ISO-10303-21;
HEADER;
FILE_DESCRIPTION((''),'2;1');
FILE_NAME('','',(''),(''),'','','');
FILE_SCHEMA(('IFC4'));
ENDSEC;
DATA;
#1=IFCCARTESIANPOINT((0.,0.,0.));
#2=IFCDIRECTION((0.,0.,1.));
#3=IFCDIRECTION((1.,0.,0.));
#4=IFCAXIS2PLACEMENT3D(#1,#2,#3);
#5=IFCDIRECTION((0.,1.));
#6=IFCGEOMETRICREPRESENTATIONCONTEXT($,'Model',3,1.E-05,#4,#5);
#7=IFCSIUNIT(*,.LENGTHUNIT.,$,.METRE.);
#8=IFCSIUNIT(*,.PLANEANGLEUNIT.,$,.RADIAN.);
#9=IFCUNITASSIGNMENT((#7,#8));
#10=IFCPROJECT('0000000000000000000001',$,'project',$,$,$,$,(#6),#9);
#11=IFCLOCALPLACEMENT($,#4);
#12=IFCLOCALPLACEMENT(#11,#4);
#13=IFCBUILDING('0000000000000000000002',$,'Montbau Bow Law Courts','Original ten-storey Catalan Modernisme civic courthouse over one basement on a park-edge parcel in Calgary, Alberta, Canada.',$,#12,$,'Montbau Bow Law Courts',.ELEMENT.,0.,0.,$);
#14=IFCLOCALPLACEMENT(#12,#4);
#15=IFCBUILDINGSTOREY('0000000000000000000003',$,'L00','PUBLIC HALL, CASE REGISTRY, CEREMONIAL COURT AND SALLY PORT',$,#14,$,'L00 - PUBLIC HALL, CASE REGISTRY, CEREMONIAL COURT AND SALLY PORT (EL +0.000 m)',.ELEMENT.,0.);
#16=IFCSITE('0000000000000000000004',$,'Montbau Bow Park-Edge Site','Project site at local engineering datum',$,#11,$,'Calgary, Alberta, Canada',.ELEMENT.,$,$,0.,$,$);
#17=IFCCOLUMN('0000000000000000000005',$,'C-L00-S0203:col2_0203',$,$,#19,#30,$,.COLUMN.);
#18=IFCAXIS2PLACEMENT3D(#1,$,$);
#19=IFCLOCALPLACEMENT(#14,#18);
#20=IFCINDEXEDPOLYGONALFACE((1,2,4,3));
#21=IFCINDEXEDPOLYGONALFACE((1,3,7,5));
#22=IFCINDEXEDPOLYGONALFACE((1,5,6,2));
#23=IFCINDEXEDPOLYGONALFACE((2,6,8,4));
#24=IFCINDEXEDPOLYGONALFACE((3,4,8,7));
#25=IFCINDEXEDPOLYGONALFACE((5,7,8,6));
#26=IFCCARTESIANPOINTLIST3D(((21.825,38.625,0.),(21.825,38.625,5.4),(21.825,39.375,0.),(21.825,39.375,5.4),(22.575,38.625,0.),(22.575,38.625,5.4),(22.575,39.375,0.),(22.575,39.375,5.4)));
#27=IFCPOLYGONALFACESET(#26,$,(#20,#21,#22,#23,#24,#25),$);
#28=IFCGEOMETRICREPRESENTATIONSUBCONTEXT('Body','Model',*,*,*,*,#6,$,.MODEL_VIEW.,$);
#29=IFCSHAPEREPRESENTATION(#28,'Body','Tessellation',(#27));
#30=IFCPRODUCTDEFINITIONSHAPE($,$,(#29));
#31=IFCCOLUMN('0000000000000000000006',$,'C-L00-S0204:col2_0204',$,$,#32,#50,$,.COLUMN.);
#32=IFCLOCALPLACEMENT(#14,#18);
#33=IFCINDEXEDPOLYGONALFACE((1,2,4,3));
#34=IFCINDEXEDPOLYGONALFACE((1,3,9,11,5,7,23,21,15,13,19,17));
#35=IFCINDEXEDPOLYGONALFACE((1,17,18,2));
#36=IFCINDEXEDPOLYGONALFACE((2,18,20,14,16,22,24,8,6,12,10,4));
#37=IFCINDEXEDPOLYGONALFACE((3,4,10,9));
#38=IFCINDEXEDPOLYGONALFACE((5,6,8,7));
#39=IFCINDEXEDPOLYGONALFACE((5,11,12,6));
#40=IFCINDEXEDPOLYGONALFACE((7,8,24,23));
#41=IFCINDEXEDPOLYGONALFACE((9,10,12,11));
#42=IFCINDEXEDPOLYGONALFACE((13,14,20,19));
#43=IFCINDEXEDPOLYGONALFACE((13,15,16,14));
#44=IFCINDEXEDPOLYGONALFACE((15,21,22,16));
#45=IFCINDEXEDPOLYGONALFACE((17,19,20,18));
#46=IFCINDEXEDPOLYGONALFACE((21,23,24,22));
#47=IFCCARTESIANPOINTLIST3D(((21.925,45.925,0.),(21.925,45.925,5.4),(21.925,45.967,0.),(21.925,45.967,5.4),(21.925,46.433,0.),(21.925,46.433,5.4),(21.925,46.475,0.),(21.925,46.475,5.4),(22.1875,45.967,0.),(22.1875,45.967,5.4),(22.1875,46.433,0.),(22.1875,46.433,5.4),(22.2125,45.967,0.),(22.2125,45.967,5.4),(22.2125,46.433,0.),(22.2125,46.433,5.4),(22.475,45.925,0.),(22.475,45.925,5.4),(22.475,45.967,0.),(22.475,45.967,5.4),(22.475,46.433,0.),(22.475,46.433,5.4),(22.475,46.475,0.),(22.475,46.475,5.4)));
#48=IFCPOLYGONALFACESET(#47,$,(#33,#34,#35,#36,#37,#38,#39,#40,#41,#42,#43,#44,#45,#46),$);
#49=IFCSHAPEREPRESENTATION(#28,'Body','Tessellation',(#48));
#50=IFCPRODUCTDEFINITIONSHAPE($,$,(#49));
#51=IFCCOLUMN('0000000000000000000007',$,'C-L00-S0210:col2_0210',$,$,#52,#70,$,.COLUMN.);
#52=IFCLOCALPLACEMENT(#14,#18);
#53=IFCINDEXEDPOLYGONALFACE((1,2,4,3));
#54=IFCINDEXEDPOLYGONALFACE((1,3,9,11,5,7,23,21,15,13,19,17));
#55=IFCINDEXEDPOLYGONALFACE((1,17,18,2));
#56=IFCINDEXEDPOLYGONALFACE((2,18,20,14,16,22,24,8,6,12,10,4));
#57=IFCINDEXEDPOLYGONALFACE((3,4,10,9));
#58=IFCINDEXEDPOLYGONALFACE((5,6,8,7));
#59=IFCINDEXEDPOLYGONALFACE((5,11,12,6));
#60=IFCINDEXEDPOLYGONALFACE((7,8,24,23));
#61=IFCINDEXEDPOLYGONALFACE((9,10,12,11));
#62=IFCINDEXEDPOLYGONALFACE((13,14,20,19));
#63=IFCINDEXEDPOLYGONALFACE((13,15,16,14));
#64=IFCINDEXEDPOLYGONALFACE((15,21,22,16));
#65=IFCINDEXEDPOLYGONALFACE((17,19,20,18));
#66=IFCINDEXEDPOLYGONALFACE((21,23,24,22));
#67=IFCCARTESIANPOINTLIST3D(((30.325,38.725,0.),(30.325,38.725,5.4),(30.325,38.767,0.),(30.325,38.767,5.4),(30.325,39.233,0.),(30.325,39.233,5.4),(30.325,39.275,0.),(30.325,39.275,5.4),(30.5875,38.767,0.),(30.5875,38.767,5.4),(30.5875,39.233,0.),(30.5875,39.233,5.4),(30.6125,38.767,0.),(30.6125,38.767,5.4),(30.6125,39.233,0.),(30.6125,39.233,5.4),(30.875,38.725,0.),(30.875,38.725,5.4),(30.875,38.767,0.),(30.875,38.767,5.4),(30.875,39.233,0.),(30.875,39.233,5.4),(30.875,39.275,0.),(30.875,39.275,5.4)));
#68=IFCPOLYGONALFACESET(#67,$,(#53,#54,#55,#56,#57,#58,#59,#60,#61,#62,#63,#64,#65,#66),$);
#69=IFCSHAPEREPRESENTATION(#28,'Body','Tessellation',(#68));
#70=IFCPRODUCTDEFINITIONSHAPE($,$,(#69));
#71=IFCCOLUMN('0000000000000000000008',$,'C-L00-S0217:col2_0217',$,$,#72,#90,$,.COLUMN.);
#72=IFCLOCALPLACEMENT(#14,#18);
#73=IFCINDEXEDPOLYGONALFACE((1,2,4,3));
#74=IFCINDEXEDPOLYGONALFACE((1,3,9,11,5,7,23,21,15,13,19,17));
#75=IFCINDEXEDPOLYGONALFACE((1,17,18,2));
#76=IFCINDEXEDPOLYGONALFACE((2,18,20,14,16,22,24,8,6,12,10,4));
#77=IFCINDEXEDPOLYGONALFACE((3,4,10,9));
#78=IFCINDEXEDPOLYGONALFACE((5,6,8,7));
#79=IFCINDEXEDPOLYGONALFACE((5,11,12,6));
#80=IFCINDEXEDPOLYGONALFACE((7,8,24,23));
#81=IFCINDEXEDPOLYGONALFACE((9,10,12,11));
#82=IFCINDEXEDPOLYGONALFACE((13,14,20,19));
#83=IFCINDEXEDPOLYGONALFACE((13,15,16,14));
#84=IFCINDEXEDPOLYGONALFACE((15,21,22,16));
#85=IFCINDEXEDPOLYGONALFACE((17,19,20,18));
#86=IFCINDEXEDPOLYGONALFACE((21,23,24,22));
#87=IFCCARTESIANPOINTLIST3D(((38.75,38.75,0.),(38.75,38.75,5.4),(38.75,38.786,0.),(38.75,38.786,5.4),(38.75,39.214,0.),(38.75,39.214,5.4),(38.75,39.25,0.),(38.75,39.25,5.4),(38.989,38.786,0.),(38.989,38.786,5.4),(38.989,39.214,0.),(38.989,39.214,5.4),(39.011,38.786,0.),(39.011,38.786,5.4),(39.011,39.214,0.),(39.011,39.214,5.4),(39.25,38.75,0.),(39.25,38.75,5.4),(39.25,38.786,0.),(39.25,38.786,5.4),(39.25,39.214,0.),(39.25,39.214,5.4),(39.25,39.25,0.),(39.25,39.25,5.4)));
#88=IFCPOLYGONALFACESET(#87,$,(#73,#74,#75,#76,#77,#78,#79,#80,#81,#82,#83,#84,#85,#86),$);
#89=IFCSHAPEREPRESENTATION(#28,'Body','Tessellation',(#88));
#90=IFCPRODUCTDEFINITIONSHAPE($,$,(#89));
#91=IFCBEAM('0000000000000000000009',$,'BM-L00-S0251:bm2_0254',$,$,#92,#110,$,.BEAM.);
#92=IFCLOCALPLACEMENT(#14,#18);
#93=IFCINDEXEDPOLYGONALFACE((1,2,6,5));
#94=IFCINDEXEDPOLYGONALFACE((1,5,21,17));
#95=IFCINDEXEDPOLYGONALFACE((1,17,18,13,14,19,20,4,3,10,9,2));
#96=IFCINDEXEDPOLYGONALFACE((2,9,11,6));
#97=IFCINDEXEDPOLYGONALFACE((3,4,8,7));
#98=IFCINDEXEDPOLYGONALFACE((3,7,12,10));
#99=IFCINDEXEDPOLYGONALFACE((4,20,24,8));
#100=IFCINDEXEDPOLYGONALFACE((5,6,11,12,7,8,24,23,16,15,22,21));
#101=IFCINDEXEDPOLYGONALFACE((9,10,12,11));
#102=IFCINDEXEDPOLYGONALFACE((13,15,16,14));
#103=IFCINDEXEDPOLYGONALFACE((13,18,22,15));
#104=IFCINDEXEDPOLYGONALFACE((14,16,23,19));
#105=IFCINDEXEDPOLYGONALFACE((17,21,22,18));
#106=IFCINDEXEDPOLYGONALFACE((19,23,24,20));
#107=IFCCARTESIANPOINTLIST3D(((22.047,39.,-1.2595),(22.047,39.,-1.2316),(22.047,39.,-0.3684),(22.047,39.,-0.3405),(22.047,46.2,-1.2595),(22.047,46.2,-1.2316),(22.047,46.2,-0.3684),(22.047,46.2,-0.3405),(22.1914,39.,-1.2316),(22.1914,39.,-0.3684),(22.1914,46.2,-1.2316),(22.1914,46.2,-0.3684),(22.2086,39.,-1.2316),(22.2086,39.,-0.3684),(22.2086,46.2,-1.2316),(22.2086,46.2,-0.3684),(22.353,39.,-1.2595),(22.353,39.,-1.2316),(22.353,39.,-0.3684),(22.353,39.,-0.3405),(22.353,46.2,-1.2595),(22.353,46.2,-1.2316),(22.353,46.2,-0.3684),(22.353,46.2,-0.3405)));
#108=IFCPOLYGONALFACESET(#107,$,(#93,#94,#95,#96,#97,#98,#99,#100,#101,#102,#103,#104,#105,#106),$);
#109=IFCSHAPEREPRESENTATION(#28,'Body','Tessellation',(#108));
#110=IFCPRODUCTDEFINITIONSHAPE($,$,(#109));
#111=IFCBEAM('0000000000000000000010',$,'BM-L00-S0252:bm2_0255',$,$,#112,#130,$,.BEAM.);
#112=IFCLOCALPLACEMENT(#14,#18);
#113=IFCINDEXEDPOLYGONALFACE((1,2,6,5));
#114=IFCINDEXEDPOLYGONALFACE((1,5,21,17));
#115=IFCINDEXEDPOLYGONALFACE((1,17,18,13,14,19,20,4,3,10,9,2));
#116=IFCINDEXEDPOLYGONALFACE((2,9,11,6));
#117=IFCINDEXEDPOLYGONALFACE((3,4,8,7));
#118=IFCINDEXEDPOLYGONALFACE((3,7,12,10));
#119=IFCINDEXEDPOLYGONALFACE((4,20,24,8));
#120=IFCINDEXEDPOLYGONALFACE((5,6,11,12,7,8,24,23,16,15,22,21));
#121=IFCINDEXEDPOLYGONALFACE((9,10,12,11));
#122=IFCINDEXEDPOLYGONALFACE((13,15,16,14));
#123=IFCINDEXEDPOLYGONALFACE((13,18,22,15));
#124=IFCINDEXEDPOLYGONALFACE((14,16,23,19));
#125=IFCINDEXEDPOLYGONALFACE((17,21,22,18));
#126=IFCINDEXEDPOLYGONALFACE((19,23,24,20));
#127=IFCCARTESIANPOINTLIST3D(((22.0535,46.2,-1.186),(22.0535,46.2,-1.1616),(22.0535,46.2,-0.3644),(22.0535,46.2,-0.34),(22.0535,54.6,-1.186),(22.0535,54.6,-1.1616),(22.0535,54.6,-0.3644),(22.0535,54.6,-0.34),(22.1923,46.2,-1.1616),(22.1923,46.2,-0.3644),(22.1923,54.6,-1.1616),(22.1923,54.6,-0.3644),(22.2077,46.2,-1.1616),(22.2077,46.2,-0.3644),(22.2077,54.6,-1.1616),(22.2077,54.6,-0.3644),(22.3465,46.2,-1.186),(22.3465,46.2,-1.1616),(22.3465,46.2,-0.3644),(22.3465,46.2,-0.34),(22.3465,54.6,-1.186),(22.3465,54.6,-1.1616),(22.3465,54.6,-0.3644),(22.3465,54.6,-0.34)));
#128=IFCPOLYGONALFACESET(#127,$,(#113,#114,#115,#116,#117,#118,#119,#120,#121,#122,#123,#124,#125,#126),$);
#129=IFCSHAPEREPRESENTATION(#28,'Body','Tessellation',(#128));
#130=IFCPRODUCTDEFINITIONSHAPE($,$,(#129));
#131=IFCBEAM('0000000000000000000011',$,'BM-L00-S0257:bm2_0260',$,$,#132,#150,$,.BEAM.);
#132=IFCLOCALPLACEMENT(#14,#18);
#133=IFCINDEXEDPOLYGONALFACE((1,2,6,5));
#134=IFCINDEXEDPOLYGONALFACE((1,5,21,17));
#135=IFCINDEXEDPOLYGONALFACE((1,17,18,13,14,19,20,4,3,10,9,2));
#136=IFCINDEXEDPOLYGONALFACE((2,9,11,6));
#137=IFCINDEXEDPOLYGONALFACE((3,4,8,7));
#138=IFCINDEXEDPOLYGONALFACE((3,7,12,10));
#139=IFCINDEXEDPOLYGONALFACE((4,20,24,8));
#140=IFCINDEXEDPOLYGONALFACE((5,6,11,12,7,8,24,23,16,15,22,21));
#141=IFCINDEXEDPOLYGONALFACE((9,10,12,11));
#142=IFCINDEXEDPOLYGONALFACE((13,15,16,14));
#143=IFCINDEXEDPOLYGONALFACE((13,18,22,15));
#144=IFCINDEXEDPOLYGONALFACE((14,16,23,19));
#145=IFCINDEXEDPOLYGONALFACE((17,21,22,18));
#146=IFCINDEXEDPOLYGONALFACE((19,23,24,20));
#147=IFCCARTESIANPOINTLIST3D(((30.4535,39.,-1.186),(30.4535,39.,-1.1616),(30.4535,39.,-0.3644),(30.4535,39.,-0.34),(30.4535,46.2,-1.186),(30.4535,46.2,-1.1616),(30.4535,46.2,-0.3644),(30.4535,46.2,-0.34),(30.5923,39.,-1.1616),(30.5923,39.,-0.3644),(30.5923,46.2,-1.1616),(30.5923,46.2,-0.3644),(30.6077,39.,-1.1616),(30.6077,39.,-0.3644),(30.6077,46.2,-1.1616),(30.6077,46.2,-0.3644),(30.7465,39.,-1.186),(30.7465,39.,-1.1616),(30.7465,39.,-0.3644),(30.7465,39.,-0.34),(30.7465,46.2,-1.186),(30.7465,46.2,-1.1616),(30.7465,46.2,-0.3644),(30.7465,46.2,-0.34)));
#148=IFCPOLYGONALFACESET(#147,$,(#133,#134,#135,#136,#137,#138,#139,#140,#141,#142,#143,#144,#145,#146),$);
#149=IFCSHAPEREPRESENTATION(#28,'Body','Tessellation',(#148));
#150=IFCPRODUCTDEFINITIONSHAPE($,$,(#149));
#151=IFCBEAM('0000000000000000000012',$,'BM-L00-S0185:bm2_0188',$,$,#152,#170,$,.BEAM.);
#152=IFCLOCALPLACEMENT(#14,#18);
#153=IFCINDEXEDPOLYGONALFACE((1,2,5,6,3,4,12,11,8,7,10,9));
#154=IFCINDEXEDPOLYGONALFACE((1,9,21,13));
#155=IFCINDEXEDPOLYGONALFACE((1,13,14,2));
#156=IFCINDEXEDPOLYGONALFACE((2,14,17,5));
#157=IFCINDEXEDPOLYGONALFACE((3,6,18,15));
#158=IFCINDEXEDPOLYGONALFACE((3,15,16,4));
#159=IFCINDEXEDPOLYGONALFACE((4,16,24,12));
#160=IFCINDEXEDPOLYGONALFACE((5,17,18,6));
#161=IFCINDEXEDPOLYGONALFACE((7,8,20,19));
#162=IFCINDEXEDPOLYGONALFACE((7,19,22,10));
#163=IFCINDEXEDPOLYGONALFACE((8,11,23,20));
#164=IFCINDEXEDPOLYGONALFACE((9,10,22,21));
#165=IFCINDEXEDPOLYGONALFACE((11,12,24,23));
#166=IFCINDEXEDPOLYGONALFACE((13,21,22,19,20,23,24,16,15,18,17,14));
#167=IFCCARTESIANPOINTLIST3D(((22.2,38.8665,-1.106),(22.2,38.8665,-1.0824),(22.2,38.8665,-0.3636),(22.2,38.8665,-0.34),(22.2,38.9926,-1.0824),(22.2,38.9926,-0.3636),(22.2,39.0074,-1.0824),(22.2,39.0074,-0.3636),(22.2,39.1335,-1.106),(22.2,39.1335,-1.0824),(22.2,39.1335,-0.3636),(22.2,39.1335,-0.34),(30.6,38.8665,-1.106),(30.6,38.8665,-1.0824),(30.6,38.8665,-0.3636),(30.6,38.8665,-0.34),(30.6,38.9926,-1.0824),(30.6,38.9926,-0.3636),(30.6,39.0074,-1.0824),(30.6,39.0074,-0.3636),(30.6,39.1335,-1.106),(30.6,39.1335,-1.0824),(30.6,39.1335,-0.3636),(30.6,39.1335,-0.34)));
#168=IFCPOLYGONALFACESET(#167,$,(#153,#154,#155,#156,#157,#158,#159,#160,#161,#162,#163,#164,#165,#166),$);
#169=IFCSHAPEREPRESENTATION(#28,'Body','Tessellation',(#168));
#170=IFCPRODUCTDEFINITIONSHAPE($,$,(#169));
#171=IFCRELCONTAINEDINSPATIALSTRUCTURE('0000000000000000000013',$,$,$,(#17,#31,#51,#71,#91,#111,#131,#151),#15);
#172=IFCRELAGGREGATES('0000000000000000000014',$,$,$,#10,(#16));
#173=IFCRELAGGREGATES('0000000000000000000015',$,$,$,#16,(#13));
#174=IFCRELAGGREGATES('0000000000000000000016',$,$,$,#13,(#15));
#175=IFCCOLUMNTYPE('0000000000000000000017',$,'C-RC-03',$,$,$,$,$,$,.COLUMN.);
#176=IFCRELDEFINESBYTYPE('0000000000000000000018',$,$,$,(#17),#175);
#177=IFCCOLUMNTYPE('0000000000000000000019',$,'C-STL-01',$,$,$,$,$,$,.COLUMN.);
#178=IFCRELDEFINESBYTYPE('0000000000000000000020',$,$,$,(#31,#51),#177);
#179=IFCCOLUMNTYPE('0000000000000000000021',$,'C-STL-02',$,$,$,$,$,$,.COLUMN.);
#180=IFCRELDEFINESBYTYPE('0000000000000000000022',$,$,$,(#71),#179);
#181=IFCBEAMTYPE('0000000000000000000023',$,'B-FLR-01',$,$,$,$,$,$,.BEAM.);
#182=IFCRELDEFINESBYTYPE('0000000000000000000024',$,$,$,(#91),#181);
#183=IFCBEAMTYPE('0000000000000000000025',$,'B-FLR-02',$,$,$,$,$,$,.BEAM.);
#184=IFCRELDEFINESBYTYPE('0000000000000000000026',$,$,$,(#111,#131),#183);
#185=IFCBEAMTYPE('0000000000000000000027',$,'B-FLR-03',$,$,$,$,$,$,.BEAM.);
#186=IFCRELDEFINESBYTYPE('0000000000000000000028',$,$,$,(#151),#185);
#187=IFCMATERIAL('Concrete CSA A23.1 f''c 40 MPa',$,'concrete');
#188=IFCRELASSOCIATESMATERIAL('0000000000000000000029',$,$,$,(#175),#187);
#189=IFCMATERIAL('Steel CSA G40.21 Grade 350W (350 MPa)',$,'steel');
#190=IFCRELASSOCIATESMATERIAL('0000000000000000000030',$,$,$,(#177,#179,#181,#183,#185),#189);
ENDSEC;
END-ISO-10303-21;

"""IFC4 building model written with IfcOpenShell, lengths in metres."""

from ifc_helpers import new_model, si_unit, direction, frame, origin_with_axes, origin_2d_with_axis, place, context, subcontext, project, spatial, rectangle, i_section, extrude, material, material_profile, profile_set, type_object, element, save


model = new_model("IFC4")

# Units and contexts
model_context = context("Model", 3, precision=1e-05, world=origin_with_axes(), true_north=direction((0.0, 1.0)))
body_context = subcontext(model_context, "Body", "Model", "MODEL_VIEW")
ifc_project = project(units=[si_unit("LENGTHUNIT", "METRE"), si_unit("PLANEANGLEUNIT", "RADIAN")], contexts=[model_context])

# Site, building, storey
site_placement = place(None, origin_with_axes())
site = spatial("IfcSite", under=ifc_project, at=site_placement, Name="Montbau Bow Park-Edge Site", Description="Project site at local engineering datum", LongName="Calgary, Alberta, Canada", CompositionType="ELEMENT", RefElevation=0.0)
building_placement = place(site_placement, origin_with_axes())
building = spatial("IfcBuilding", under=site, at=building_placement, Name="Montbau Bow Law Courts", Description="Original ten-storey Catalan Modernisme civic courthouse over one basement on a park-edge parcel in Calgary, Alberta, Canada.", LongName="Montbau Bow Law Courts", CompositionType="ELEMENT", ElevationOfRefHeight=0.0, ElevationOfTerrain=0.0)
storey_placement = place(building_placement, origin_with_axes())
storey = spatial("IfcBuildingStorey", under=building, at=storey_placement, Name="L00", Description="PUBLIC HALL, CASE REGISTRY, CEREMONIAL COURT AND SALLY PORT", LongName="L00 - PUBLIC HALL, CASE REGISTRY, CEREMONIAL COURT AND SALLY PORT (EL +0.000 m)", CompositionType="ELEMENT", Elevation=0.0)

# Columns
ifc_material_1 = material(Name="Concrete CSA A23.1 f'c 40 MPa", Category="concrete")
ifc_material_profile_1 = material_profile(ifc_material_1, rectangle(XDim=0.75, YDim=0.75, at=origin_2d_with_axis()), Name="RC750X750", Category="Main", Priority=0)
ifc_profile_set_1 = profile_set([ifc_material_profile_1], Name="Concrete CSA A23.1 f'c 40 MPa")
column_type_1 = type_object("IfcColumnType", Name="C-RC-03", PredefinedType="COLUMN", material=ifc_profile_set_1)
column_1_placement = place(None, frame((22.2, 39.0, 0.0), z_axis=(0.0, 0.0, 1.0), x_axis=(1.0, 0.0, 0.0)))
element("IfcColumn", 1, at=column_1_placement, inside=storey, type_object=column_type_1, Name="C-L00-S0203:col2_0203", PredefinedType="COLUMN", context=body_context, shape_type="SweptSolid", body=[
    extrude(rectangle(XDim=0.75, YDim=0.75, at=origin_2d_with_axis()), origin_with_axes(), (0.0, 0.0, 1.0), 5.4),
])
ifc_material_2 = material(Name="Steel CSA G40.21 Grade 350W (350 MPa)", Category="steel")
ifc_material_profile_2 = material_profile(ifc_material_2, i_section(OverallWidth=0.55, OverallDepth=0.55, WebThickness=0.025, FlangeThickness=0.042, at=origin_2d_with_axis()), Name="WWF550X420", Category="Main", Priority=0)
ifc_profile_set_2 = profile_set([ifc_material_profile_2], Name="Steel CSA G40.21 Grade 350W (350 MPa)")
column_type_2 = type_object("IfcColumnType", Name="C-STL-01", PredefinedType="COLUMN", material=ifc_profile_set_2)
for number, where, z_axis, x_axis, name in (
    (2, (22.2, 46.2, 0.0), (0.0, 0.0, 1.0), (1.0, 0.0, 0.0), "C-L00-S0204:col2_0204"),
    (3, (30.6, 39.0, 0.0), (0.0, 0.0, 1.0), (1.0, 0.0, 0.0), "C-L00-S0210:col2_0210"),
):
    element("IfcColumn", number, at=place(None, frame(where, z_axis=z_axis, x_axis=x_axis)), inside=storey, type_object=column_type_2, Name=name, PredefinedType="COLUMN", context=body_context, shape_type="SweptSolid", body=[
        extrude(i_section(OverallWidth=0.55, OverallDepth=0.55, WebThickness=0.025, FlangeThickness=0.042, at=origin_2d_with_axis()), origin_with_axes(), (0.0, 0.0, 1.0), 5.4),
    ])
ifc_material_profile_3 = material_profile(ifc_material_2, i_section(OverallWidth=0.5, OverallDepth=0.5, WebThickness=0.022, FlangeThickness=0.036, at=origin_2d_with_axis()), Name="WWF500X343", Category="Main", Priority=0)
ifc_profile_set_3 = profile_set([ifc_material_profile_3], Name="Steel CSA G40.21 Grade 350W (350 MPa)")
column_type_3 = type_object("IfcColumnType", Name="C-STL-02", PredefinedType="COLUMN", material=ifc_profile_set_3)
column_2_placement = place(None, frame((39.0, 39.0, 0.0), z_axis=(0.0, 0.0, 1.0), x_axis=(1.0, 0.0, 0.0)))
element("IfcColumn", 4, at=column_2_placement, inside=storey, type_object=column_type_3, Name="C-L00-S0217:col2_0217", PredefinedType="COLUMN", context=body_context, shape_type="SweptSolid", body=[
    extrude(i_section(OverallWidth=0.5, OverallDepth=0.5, WebThickness=0.022, FlangeThickness=0.036, at=origin_2d_with_axis()), origin_with_axes(), (0.0, 0.0, 1.0), 5.4),
])

# Beams
ifc_material_profile_4 = material_profile(ifc_material_2, i_section(OverallWidth=0.306, OverallDepth=0.919, WebThickness=0.0173, FlangeThickness=0.0279, at=origin_2d_with_axis()), Name="W920X253", Category="Main", Priority=0)
ifc_profile_set_4 = profile_set([ifc_material_profile_4], Name="Steel CSA G40.21 Grade 350W (350 MPa)")
beam_type_1 = type_object("IfcBeamType", Name="B-FLR-01", PredefinedType="BEAM", material=ifc_profile_set_4)
beam_1_placement = place(None, frame((22.2, 39.0, -0.8), z_axis=(0.0, 1.0, 0.0), x_axis=(-1.0, 0.0, 0.0)))
element("IfcBeam", 5, at=beam_1_placement, inside=storey, type_object=beam_type_1, Name="BM-L00-S0251:bm2_0254", PredefinedType="BEAM", context=body_context, shape_type="SweptSolid", body=[
    extrude(i_section(OverallWidth=0.306, OverallDepth=0.919, WebThickness=0.0173, FlangeThickness=0.0279, at=origin_2d_with_axis()), origin_with_axes(), (0.0, 0.0, 1.0), 7.2),
])
ifc_material_profile_5 = material_profile(ifc_material_2, i_section(OverallWidth=0.293, OverallDepth=0.846, WebThickness=0.0154, FlangeThickness=0.0244, at=origin_2d_with_axis()), Name="W840X210", Category="Main", Priority=0)
ifc_profile_set_5 = profile_set([ifc_material_profile_5], Name="Steel CSA G40.21 Grade 350W (350 MPa)")
beam_type_2 = type_object("IfcBeamType", Name="B-FLR-02", PredefinedType="BEAM", material=ifc_profile_set_5)
beam_2_placement = place(None, frame((22.2, 46.2, -0.763), z_axis=(0.0, 1.0, 0.0), x_axis=(-1.0, 0.0, 0.0)))
element("IfcBeam", 6, at=beam_2_placement, inside=storey, type_object=beam_type_2, Name="BM-L00-S0252:bm2_0255", PredefinedType="BEAM", context=body_context, shape_type="SweptSolid", body=[
    extrude(i_section(OverallWidth=0.293, OverallDepth=0.846, WebThickness=0.0154, FlangeThickness=0.0244, at=origin_2d_with_axis()), origin_with_axes(), (0.0, 0.0, 1.0), 8.4),
])
beam_3_placement = place(None, frame((30.6, 39.0, -0.763), z_axis=(0.0, 1.0, 0.0), x_axis=(-1.0, 0.0, 0.0)))
element("IfcBeam", 7, at=beam_3_placement, inside=storey, type_object=beam_type_2, Name="BM-L00-S0257:bm2_0260", PredefinedType="BEAM", context=body_context, shape_type="SweptSolid", body=[
    extrude(i_section(OverallWidth=0.293, OverallDepth=0.846, WebThickness=0.0154, FlangeThickness=0.0244, at=origin_2d_with_axis()), origin_with_axes(), (0.0, 0.0, 1.0), 7.2),
])
ifc_material_profile_6 = material_profile(ifc_material_2, i_section(OverallWidth=0.267, OverallDepth=0.766, WebThickness=0.0149, FlangeThickness=0.0236, at=origin_2d_with_axis()), Name="W760X185", Category="Main", Priority=0)
ifc_profile_set_6 = profile_set([ifc_material_profile_6], Name="Steel CSA G40.21 Grade 350W (350 MPa)")
beam_type_3 = type_object("IfcBeamType", Name="B-FLR-03", PredefinedType="BEAM", material=ifc_profile_set_6)
beam_4_placement = place(None, frame((22.2, 39.0, -0.723), z_axis=(1.0, 0.0, 0.0), x_axis=(0.0, 1.0, 0.0)))
element("IfcBeam", 8, at=beam_4_placement, inside=storey, type_object=beam_type_3, Name="BM-L00-S0185:bm2_0188", PredefinedType="BEAM", context=body_context, shape_type="SweptSolid", body=[
    extrude(i_section(OverallWidth=0.267, OverallDepth=0.766, WebThickness=0.0149, FlangeThickness=0.0236, at=origin_2d_with_axis()), origin_with_axes(), (0.0, 0.0, 1.0), 8.4),
])

save(model, "model.ifc")
